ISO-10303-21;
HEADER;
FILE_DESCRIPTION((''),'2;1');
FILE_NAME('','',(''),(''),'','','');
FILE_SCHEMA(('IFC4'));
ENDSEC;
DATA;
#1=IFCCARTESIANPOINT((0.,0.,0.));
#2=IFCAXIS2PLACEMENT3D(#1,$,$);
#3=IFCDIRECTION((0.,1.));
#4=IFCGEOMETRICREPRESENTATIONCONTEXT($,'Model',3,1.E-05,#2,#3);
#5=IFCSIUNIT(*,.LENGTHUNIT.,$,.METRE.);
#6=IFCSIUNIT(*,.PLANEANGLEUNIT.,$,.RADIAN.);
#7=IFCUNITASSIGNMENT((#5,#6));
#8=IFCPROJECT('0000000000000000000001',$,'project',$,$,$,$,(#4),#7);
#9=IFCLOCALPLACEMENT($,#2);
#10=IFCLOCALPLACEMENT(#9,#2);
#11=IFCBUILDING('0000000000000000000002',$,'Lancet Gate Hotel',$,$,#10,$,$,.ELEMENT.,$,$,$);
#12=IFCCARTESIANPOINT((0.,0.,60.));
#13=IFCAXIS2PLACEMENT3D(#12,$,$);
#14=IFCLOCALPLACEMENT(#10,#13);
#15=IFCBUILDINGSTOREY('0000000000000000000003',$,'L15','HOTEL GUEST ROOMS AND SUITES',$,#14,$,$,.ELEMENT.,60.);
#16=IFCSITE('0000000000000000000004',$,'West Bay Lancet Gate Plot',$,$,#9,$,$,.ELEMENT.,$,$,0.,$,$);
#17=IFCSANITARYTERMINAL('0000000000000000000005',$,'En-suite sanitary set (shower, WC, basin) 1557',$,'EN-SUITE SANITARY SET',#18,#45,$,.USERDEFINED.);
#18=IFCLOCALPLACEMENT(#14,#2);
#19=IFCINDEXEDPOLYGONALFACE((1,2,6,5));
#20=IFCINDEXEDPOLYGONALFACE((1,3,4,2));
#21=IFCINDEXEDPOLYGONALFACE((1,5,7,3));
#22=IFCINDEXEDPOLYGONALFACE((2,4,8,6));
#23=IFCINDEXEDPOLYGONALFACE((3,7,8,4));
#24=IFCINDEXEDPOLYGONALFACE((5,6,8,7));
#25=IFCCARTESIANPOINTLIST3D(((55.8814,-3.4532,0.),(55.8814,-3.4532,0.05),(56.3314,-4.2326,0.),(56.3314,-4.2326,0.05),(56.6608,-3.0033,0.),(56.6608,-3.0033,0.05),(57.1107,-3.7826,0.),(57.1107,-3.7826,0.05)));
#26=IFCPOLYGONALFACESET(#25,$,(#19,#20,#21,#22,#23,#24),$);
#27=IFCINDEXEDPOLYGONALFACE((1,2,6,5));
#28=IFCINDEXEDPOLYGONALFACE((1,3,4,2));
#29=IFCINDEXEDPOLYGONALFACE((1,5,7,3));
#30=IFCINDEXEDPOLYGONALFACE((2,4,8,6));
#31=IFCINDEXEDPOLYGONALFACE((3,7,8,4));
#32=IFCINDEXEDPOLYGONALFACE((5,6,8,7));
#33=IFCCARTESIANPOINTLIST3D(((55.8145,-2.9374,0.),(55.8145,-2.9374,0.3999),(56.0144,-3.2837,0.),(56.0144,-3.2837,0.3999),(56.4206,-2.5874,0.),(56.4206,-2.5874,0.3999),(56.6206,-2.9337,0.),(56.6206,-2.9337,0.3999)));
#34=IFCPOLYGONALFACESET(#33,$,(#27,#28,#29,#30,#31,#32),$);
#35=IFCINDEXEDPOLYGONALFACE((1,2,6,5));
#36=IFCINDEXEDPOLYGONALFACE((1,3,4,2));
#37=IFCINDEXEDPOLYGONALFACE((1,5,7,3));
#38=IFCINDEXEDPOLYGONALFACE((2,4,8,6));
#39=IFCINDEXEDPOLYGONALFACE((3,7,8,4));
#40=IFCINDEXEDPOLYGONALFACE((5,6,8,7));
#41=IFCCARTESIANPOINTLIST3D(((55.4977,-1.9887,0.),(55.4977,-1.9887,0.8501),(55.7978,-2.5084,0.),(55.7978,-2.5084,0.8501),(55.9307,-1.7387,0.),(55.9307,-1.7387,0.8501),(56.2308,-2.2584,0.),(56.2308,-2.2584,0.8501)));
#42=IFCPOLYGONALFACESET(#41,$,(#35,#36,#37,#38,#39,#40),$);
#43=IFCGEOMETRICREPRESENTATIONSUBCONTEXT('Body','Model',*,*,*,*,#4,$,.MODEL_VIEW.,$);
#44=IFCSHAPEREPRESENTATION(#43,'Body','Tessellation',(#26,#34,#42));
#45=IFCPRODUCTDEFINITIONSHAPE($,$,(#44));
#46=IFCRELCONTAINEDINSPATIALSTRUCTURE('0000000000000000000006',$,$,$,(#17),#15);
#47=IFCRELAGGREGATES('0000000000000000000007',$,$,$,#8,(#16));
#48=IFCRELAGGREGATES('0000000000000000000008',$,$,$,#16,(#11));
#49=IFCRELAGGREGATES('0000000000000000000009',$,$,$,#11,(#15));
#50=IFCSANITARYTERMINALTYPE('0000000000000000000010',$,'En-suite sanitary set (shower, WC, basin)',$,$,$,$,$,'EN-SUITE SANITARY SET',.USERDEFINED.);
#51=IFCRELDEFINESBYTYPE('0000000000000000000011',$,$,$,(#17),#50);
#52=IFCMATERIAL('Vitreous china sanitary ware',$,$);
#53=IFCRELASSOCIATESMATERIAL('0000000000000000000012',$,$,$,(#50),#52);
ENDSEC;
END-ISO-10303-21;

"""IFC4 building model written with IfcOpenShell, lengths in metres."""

from ifc_helpers import new_model, si_unit, direction, frame, origin, origin_2d, place, context, subcontext, project, spatial, rectangle, extrude, material, type_object, element, save


model = new_model("IFC4")

# Units and contexts
model_context = context("Model", 3, precision=1e-05, world=origin(), true_north=direction((0.0, 1.0)))
body_context = subcontext(model_context, "Body", "Model", "MODEL_VIEW")
ifc_project = project(units=[si_unit("LENGTHUNIT", "METRE"), si_unit("PLANEANGLEUNIT", "RADIAN")], contexts=[model_context])

# Site, building, storey
site_placement = place(None, origin())
site = spatial("IfcSite", under=ifc_project, at=site_placement, Name="West Bay Lancet Gate Plot", CompositionType="ELEMENT", RefElevation=0.0)
building_placement = place(site_placement, origin())
building = spatial("IfcBuilding", under=site, at=building_placement, Name="Lancet Gate Hotel", CompositionType="ELEMENT")
storey_placement = place(building_placement, frame((0.0, 0.0, 60.0)))
storey = spatial("IfcBuildingStorey", under=building, at=storey_placement, Name="L15", Description="HOTEL GUEST ROOMS AND SUITES", CompositionType="ELEMENT", Elevation=60.0)

# Sanitary terminal
ifc_material_1 = material(Name="Vitreous china sanitary ware")
sanitary_terminal_type = type_object("IfcSanitaryTerminalType", Name="En-suite sanitary set (shower, WC, basin)", ElementType="EN-SUITE SANITARY SET", PredefinedType="USERDEFINED", material=ifc_material_1)
sanitary_terminal_placement = place(storey_placement, frame((56.4961, -3.6179, 0.0), z_axis=(0.0, 0.0, 1.0), x_axis=(1.0, 0.0, 0.0)))
element("IfcSanitaryTerminal", 1, at=sanitary_terminal_placement, inside=storey, type_object=sanitary_terminal_type, Name="En-suite sanitary set (shower, WC, basin) 1557", ObjectType="EN-SUITE SANITARY SET", PredefinedType="USERDEFINED", context=body_context, shape_type="SweptSolid", body=[
    extrude(rectangle(XDim=0.8999, YDim=0.8999, at=origin_2d()), frame((0.0, 0.0, 0.0), z_axis=(0.0, 0.0, 1.0), x_axis=(0.5, -0.866025, 0.0)), (0.0, 0.0, 1.0), 0.05),
    extrude(rectangle(XDim=0.3999, YDim=0.7, at=origin_2d()), frame((-0.2786, 0.6824, 0.0), z_axis=(0.0, 0.0, 1.0), x_axis=(0.5, -0.866025, 0.0)), (0.0, 0.0, 1.0), 0.3999),
    extrude(rectangle(XDim=0.6001, YDim=0.5, at=origin_2d()), frame((-0.6318, 1.4944, 0.0), z_axis=(0.0, 0.0, 1.0), x_axis=(0.5, -0.866025, 0.0)), (0.0, 0.0, 1.0), 0.8501),
])

save(model, "model.ifc")
